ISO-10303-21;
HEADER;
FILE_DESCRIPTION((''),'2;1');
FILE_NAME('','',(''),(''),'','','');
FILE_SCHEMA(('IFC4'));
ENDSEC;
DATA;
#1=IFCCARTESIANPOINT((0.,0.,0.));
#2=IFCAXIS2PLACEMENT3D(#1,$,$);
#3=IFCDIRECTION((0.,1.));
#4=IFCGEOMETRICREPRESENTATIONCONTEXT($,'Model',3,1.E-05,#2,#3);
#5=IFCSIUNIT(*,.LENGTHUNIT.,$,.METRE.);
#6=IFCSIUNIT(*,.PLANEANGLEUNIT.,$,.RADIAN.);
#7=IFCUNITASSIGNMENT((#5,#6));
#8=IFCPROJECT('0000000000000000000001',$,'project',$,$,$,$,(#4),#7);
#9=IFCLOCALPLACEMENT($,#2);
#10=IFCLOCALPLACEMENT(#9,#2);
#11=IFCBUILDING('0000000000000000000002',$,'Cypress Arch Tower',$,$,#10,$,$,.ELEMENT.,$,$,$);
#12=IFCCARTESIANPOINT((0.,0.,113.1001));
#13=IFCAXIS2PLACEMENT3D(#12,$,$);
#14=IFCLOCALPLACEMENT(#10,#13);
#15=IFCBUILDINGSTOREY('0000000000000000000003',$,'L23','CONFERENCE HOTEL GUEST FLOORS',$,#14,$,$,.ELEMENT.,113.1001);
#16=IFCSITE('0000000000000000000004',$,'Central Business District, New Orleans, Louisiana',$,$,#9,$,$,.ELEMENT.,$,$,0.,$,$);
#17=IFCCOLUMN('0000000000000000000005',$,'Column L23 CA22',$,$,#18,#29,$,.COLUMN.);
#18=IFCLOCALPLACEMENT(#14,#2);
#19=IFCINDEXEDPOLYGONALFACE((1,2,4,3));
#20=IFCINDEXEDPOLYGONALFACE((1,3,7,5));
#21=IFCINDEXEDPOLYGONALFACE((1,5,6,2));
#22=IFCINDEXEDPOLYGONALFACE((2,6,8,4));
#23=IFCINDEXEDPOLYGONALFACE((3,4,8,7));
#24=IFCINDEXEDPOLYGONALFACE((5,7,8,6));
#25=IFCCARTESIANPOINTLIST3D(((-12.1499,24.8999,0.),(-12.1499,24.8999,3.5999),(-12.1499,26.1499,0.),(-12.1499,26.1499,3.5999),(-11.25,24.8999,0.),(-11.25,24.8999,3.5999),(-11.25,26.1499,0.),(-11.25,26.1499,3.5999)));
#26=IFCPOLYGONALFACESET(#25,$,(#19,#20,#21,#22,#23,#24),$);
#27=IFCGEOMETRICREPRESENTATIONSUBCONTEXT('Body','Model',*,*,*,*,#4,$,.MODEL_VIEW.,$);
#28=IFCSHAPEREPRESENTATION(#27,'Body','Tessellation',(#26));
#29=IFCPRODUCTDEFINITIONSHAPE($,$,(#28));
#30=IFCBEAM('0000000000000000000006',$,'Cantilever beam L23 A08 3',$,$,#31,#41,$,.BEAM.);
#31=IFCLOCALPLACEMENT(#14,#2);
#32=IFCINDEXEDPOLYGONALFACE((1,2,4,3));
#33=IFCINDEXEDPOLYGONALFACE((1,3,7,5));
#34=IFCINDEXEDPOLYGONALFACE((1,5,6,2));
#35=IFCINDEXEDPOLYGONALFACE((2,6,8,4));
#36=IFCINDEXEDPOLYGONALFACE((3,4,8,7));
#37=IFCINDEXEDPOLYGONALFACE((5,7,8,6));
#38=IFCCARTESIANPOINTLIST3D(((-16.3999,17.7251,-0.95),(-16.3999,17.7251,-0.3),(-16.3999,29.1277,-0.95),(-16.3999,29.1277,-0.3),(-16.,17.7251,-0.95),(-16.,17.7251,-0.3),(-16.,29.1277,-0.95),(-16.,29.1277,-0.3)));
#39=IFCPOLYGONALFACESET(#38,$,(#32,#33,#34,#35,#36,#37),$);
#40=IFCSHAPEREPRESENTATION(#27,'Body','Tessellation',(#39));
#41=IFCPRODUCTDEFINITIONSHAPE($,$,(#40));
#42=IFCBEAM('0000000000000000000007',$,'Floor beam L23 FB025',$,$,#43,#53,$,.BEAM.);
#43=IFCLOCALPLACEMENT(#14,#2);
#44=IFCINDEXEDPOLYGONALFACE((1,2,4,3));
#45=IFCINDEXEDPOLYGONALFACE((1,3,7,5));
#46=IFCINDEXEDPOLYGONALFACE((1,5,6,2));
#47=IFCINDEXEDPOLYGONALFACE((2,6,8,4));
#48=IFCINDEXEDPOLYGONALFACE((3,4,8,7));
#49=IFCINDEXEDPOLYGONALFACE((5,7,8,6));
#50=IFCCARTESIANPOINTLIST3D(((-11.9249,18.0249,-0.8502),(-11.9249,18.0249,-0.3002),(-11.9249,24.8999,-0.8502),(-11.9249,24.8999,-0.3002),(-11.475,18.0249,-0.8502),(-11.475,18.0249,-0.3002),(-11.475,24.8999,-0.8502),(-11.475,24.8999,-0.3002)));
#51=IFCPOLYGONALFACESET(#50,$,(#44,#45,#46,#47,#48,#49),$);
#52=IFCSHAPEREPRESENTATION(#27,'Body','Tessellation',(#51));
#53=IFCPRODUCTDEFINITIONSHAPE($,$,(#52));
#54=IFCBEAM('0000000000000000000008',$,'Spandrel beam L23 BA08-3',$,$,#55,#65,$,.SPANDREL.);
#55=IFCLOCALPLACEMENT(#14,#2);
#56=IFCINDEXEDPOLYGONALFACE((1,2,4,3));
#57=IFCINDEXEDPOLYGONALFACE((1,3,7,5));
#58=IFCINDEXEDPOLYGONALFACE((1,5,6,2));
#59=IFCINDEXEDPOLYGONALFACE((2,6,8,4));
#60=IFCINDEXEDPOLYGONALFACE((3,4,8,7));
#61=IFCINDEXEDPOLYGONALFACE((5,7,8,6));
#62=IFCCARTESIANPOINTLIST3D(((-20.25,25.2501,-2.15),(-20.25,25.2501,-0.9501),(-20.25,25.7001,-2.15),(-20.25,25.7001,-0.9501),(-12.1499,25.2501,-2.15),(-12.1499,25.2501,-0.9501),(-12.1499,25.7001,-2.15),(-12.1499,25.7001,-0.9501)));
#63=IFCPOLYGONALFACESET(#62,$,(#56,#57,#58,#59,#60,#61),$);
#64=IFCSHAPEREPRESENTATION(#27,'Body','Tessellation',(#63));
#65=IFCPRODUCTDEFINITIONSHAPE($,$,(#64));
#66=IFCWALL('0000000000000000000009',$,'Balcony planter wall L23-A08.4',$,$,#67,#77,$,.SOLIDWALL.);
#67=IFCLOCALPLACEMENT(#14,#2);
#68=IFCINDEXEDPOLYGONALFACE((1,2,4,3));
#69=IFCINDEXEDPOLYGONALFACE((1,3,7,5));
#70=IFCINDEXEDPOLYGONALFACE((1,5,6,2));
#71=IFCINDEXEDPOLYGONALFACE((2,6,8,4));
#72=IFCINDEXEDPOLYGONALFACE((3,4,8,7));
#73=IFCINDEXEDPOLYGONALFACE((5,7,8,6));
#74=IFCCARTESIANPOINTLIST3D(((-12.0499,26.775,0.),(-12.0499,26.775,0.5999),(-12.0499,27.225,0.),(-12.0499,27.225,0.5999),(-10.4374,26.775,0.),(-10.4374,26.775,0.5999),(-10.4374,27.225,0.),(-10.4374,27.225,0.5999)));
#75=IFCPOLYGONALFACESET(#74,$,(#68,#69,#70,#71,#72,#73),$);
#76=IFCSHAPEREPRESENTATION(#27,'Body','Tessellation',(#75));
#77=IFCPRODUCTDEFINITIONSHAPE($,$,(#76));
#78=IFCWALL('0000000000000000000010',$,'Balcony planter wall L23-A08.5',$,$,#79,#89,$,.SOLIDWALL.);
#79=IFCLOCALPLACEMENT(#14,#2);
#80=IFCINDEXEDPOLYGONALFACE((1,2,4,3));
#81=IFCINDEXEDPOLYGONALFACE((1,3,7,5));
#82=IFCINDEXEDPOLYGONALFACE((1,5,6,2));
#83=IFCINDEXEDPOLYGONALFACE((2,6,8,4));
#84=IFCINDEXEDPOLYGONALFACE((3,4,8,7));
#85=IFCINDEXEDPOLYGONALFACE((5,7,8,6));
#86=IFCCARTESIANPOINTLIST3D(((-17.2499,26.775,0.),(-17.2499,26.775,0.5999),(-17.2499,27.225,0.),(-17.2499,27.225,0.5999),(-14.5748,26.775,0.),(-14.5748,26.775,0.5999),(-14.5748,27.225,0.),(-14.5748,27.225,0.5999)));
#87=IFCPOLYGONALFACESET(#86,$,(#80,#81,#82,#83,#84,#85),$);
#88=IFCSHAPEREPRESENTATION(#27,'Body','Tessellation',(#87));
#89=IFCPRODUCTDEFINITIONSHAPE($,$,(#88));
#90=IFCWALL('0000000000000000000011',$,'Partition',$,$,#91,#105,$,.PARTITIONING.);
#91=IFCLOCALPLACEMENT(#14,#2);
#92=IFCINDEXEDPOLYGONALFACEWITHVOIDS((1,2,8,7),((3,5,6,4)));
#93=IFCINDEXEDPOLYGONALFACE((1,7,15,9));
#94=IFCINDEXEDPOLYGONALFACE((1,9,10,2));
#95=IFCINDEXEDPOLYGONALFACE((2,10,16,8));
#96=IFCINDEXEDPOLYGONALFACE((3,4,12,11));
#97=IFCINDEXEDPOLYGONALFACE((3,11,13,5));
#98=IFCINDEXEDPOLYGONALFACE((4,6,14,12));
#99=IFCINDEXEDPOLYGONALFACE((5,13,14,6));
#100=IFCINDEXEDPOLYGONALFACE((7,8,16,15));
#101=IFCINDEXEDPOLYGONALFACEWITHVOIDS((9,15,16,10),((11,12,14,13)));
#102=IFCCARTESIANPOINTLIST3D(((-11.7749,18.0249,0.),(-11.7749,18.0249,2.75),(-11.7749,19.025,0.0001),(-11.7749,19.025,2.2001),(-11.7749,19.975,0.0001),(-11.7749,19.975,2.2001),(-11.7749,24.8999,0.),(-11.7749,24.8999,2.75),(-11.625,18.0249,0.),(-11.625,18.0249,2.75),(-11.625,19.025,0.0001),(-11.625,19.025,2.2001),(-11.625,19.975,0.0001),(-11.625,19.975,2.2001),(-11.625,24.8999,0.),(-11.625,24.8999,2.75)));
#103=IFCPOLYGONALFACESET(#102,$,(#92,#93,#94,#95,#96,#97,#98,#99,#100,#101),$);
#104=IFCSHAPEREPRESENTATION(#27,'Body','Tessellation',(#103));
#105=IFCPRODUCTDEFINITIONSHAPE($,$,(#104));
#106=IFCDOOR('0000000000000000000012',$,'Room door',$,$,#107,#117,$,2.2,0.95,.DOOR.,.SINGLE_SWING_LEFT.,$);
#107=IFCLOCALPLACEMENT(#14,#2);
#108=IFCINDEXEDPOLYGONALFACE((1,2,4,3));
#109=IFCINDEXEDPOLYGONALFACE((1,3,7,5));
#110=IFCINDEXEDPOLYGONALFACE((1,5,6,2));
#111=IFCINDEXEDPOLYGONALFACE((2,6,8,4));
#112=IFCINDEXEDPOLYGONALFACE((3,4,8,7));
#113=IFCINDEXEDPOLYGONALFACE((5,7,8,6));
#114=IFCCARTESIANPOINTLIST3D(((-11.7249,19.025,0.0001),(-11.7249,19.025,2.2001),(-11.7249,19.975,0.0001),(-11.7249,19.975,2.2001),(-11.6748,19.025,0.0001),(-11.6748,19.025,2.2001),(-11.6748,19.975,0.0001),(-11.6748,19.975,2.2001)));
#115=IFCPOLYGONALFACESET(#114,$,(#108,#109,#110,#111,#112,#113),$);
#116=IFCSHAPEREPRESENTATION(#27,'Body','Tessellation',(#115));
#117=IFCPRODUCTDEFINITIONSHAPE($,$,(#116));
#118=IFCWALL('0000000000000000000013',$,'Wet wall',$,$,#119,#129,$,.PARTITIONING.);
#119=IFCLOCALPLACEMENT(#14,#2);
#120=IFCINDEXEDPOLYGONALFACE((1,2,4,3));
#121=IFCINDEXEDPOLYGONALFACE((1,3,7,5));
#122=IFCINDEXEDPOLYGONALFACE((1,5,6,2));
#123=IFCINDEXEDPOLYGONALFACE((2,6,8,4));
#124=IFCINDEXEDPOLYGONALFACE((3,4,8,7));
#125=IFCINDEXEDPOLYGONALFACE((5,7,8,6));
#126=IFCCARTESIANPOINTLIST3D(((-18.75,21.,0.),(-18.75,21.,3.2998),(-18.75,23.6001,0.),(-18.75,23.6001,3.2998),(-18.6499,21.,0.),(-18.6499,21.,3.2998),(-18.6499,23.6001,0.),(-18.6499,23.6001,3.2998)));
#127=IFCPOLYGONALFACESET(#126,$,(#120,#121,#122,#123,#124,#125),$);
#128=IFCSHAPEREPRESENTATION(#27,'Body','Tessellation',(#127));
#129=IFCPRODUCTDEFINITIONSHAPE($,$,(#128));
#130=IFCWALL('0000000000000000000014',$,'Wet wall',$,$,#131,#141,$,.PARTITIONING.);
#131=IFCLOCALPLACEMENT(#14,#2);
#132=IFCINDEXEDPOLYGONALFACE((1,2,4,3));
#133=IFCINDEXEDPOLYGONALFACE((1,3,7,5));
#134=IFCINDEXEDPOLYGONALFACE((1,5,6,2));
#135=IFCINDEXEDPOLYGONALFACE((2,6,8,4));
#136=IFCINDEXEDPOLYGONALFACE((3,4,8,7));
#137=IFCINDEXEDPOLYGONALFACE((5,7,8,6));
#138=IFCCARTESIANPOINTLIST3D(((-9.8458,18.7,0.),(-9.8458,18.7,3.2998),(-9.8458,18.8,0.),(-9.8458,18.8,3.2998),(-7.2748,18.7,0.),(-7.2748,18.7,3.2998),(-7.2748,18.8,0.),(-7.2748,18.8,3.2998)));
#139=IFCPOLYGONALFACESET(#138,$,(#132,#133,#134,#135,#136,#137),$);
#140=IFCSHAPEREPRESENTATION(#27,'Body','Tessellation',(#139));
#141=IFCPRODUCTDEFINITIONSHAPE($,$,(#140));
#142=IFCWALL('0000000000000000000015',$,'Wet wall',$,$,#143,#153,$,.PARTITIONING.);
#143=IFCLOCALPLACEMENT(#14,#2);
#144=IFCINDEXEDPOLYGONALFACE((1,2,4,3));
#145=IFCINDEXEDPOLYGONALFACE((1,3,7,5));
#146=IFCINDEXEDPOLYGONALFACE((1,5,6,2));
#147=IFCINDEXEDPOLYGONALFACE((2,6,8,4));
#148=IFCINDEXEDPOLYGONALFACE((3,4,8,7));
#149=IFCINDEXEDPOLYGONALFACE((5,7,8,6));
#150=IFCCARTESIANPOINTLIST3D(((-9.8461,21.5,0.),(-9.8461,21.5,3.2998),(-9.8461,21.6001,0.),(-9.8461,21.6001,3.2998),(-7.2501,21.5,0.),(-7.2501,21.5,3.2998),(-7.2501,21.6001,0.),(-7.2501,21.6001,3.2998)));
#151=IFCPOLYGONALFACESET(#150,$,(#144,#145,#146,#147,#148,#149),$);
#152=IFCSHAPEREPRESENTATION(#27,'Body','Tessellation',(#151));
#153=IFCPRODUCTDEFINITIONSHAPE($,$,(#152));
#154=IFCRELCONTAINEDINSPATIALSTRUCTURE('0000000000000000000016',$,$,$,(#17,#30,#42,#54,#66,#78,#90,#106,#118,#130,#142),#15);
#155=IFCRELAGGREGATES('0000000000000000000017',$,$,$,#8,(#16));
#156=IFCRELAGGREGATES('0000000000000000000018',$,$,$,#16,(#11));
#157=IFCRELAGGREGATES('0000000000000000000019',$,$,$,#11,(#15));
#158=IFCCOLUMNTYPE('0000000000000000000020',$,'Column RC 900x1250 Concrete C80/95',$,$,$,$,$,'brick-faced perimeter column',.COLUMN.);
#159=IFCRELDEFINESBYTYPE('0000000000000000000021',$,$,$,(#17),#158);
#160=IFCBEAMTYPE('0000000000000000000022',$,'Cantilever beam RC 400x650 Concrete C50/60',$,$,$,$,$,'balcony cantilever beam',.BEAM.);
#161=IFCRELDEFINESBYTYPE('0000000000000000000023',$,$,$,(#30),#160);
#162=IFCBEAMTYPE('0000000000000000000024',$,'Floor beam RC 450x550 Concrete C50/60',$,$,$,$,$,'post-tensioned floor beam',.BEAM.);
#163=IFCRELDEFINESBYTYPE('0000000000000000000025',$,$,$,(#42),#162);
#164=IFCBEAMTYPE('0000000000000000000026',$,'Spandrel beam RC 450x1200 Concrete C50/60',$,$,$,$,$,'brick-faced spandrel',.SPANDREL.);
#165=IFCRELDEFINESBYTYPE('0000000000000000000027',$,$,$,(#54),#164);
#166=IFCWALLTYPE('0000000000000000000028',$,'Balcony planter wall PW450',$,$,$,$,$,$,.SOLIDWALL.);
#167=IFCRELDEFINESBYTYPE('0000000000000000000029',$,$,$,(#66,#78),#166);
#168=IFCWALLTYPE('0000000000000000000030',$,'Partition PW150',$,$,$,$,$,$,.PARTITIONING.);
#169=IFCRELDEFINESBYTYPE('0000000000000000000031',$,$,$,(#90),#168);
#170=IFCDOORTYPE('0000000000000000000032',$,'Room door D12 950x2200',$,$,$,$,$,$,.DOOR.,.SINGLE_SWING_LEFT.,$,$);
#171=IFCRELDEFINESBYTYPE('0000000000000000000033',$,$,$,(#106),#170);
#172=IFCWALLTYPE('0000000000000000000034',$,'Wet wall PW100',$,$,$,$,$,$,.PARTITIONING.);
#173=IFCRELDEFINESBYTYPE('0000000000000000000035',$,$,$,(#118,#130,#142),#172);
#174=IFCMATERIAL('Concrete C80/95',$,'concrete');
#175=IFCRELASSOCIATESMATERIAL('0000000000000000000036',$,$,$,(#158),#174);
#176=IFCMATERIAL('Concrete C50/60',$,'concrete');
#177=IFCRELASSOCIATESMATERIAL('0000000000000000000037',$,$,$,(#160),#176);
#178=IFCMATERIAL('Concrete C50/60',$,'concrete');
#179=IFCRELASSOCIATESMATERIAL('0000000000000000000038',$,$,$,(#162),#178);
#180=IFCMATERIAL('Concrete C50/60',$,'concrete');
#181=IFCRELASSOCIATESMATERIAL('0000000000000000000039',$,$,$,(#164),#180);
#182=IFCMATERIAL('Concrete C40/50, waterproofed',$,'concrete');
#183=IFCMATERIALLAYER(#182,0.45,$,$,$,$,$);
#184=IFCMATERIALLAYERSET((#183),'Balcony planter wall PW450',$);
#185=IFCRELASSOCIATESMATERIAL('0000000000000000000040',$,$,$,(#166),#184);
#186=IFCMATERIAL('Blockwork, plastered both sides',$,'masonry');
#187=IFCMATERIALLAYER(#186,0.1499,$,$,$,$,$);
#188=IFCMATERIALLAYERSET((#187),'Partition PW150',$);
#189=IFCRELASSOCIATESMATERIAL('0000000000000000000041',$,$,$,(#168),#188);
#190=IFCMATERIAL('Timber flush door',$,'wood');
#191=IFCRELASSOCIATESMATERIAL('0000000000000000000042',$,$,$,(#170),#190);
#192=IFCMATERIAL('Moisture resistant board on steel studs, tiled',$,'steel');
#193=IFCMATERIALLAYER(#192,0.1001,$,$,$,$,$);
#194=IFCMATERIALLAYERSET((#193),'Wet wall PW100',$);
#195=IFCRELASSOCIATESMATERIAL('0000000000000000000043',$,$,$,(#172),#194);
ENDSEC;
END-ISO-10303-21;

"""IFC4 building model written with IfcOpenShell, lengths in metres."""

from ifc_helpers import new_model, si_unit, direction, frame, frame_2d, origin, origin_2d, place, context, subcontext, project, spatial, rectangle, extrude, material, layer, layer_set, material_profile, profile_set, type_object, element, fill, save


model = new_model("IFC4")

# Units and contexts
model_context = context("Model", 3, precision=1e-05, world=origin(), true_north=direction((0.0, 1.0)))
body_context = subcontext(model_context, "Body", "Model", "MODEL_VIEW")
ifc_project = project(units=[si_unit("LENGTHUNIT", "METRE"), si_unit("PLANEANGLEUNIT", "RADIAN")], contexts=[model_context])

# Site, building, storey
site_placement = place(None, origin())
site = spatial("IfcSite", under=ifc_project, at=site_placement, Name="Central Business District, New Orleans, Louisiana", CompositionType="ELEMENT", RefElevation=0.0)
building_placement = place(site_placement, origin())
building = spatial("IfcBuilding", under=site, at=building_placement, Name="Cypress Arch Tower", CompositionType="ELEMENT")
storey_placement = place(building_placement, frame((0.0, 0.0, 113.1001)))
storey = spatial("IfcBuildingStorey", under=building, at=storey_placement, Name="L23", Description="CONFERENCE HOTEL GUEST FLOORS", CompositionType="ELEMENT", Elevation=113.1001)

# Column
ifc_material_1 = material(Name="Concrete C80/95", Category="concrete")
ifc_material_profile_1 = material_profile(ifc_material_1, rectangle(XDim=0.8999, YDim=1.25, at=origin_2d()), Name="RC 900x1250")
ifc_profile_set_1 = profile_set([ifc_material_profile_1], Name="Concrete C80/95")
column_type = type_object("IfcColumnType", Name="Column RC 900x1250 Concrete C80/95", ElementType="brick-faced perimeter column", PredefinedType="COLUMN", material=ifc_profile_set_1)
column_placement = place(storey_placement, frame((-11.7, 25.5249, 0.0), z_axis=(0.0, 0.0, 1.0), x_axis=(-1.0, 0.0, 0.0)))
element("IfcColumn", 1, at=column_placement, inside=storey, type_object=column_type, Name="Column L23 CA22", PredefinedType="COLUMN", context=body_context, shape_type="SweptSolid", body=[
    extrude(rectangle(XDim=0.8999, YDim=1.25, at=origin_2d()), origin(), (0.0, 0.0, 1.0), 3.5999),
])

# Beams
ifc_material_2 = material(Name="Concrete C50/60", Category="concrete")
ifc_material_profile_2 = material_profile(ifc_material_2, rectangle(XDim=0.3999, YDim=0.6499, at=origin_2d()), Name="RC 400x650")
ifc_profile_set_2 = profile_set([ifc_material_profile_2], Name="Concrete C50/60")
beam_type_1 = type_object("IfcBeamType", Name="Cantilever beam RC 400x650 Concrete C50/60", ElementType="balcony cantilever beam", PredefinedType="BEAM", material=ifc_profile_set_2)
beam_1_placement = place(storey_placement, frame((-16.2, 17.7251, -0.625), z_axis=(0.0, 1.0, 0.0), x_axis=(-1.0, 0.0, 0.0)))
element("IfcBeam", 2, at=beam_1_placement, inside=storey, type_object=beam_type_1, Name="Cantilever beam L23 A08 3", PredefinedType="BEAM", context=body_context, shape_type="SweptSolid", body=[
    extrude(rectangle(XDim=0.3999, YDim=0.6499, at=origin_2d()), origin(), (0.0, 0.0, 1.0), 11.4026),
])
ifc_material_3 = material(Name="Concrete C50/60", Category="concrete")
ifc_material_profile_3 = material_profile(ifc_material_3, rectangle(XDim=0.45, YDim=0.55, at=origin_2d()), Name="RC 450x550")
ifc_profile_set_3 = profile_set([ifc_material_profile_3], Name="Concrete C50/60")
beam_type_2 = type_object("IfcBeamType", Name="Floor beam RC 450x550 Concrete C50/60", ElementType="post-tensioned floor beam", PredefinedType="BEAM", material=ifc_profile_set_3)
beam_2_placement = place(storey_placement, frame((-11.7, 18.0249, -0.5752), z_axis=(0.0, 1.0, 0.0), x_axis=(-1.0, 0.0, 0.0)))
element("IfcBeam", 3, at=beam_2_placement, inside=storey, type_object=beam_type_2, Name="Floor beam L23 FB025", PredefinedType="BEAM", context=body_context, shape_type="SweptSolid", body=[
    extrude(rectangle(XDim=0.45, YDim=0.55, at=origin_2d()), origin(), (0.0, 0.0, 1.0), 6.875),
])
ifc_material_4 = material(Name="Concrete C50/60", Category="concrete")
ifc_material_profile_4 = material_profile(ifc_material_4, rectangle(XDim=0.45, YDim=1.2, at=origin_2d()), Name="RC 450x1200")
ifc_profile_set_4 = profile_set([ifc_material_profile_4], Name="Concrete C50/60")
beam_type_3 = type_object("IfcBeamType", Name="Spandrel beam RC 450x1200 Concrete C50/60", ElementType="brick-faced spandrel", PredefinedType="SPANDREL", material=ifc_profile_set_4)
beam_3_placement = place(storey_placement, frame((-12.1499, 25.4751, -1.55), z_axis=(-1.0, 0.0, 0.0), x_axis=(0.0, -1.0, 0.0)))
element("IfcBeam", 4, at=beam_3_placement, inside=storey, type_object=beam_type_3, Name="Spandrel beam L23 BA08-3", PredefinedType="SPANDREL", context=body_context, shape_type="SweptSolid", body=[
    extrude(rectangle(XDim=0.45, YDim=1.2, at=origin_2d()), origin(), (0.0, 0.0, 1.0), 8.1001),
])

# Walls
ifc_material_5 = material(Name="Concrete C40/50, waterproofed", Category="concrete")
ifc_layer_1 = layer(ifc_material_5, 0.45)
ifc_layer_set_1 = layer_set([ifc_layer_1], Name="Balcony planter wall PW450")
wall_type_1 = type_object("IfcWallType", Name="Balcony planter wall PW450", PredefinedType="SOLIDWALL", material=ifc_layer_set_1)
wall_1_placement = place(storey_placement, frame((-10.4375, 27.0, 0.0), z_axis=(0.0, 0.0, 1.0), x_axis=(-1.0, 0.0, 0.0)))
element("IfcWall", 5, at=wall_1_placement, inside=storey, type_object=wall_type_1, Name="Balcony planter wall L23-A08.4", PredefinedType="SOLIDWALL", context=body_context, shape_type="SweptSolid", body=[
    extrude(rectangle(XDim=1.6125, YDim=0.45, at=frame_2d((0.8062, 0.0))), origin(), (0.0, 0.0, 1.0), 0.5999),
])
wall_2_placement = place(storey_placement, frame((-14.575, 27.0, 0.0), z_axis=(0.0, 0.0, 1.0), x_axis=(-1.0, 0.0, 0.0)))
element("IfcWall", 6, at=wall_2_placement, inside=storey, type_object=wall_type_1, Name="Balcony planter wall L23-A08.5", PredefinedType="SOLIDWALL", context=body_context, shape_type="SweptSolid", body=[
    extrude(rectangle(XDim=2.675, YDim=0.45, at=frame_2d((1.3374, 0.0))), origin(), (0.0, 0.0, 1.0), 0.5999),
])

# Wall, opening, door
ifc_material_6 = material(Name="Blockwork, plastered both sides", Category="masonry")
ifc_layer_2 = layer(ifc_material_6, 0.1499)
ifc_layer_set_2 = layer_set([ifc_layer_2], Name="Partition PW150")
wall_type_2 = type_object("IfcWallType", Name="Partition PW150", PredefinedType="PARTITIONING", material=ifc_layer_set_2)
wall_3_placement = place(storey_placement, frame((-11.7, 18.0249, 0.0), z_axis=(0.0, 0.0, 1.0), x_axis=(0.0, 1.0, 0.0)))
wall_3 = element("IfcWall", 7, at=wall_3_placement, inside=storey, type_object=wall_type_2, Name="Partition", PredefinedType="PARTITIONING", context=body_context, shape_type="SweptSolid", body=[
    extrude(rectangle(XDim=6.875, YDim=0.1499, at=frame_2d((3.4375, 0.0))), origin(), (0.0, 0.0, 1.0), 2.75),
])
opening_1_placement = place(wall_3_placement, frame((1.0, 0.0, 0.0)))
opening_1 = element("IfcOpeningElement", 8, at=opening_1_placement, cuts=wall_3, PredefinedType="OPENING", context=body_context, shape_type="SweptSolid", body=[
    extrude(rectangle(XDim=0.95, YDim=2.2, at=frame_2d((0.4751, 1.1001))), frame((0.0, 0.085, 0.0), z_axis=(0.0, -1.0, 0.0), x_axis=(1.0, 0.0, 0.0)), (0.0, 0.0, 1.0), 0.1699),
])
ifc_material_7 = material(Name="Timber flush door", Category="wood")
door_type_1 = type_object("IfcDoorType", Name="Room door D12 950x2200", OperationType="SINGLE_SWING_LEFT", PredefinedType="DOOR", material=ifc_material_7)
door_1_placement = place(opening_1_placement, origin())
door_1 = element("IfcDoor", 9, at=door_1_placement, inside=storey, type_object=door_type_1, Name="Room door", OperationType="SINGLE_SWING_LEFT", OverallHeight=2.2, OverallWidth=0.95, PredefinedType="DOOR", context=body_context, shape_type="SweptSolid", body=[
    extrude(rectangle(XDim=0.95, YDim=2.2, at=frame_2d((0.4751, 1.1001))), frame((0.0, 0.0249, 0.0), z_axis=(0.0, -1.0, 0.0), x_axis=(1.0, 0.0, 0.0)), (0.0, 0.0, 1.0), 0.05),
])
fill(opening_1, door_1)

# Walls
ifc_material_8 = material(Name="Moisture resistant board on steel studs, tiled", Category="steel")
ifc_layer_3 = layer(ifc_material_8, 0.1001)
ifc_layer_set_3 = layer_set([ifc_layer_3], Name="Wet wall PW100")
wall_type_3 = type_object("IfcWallType", Name="Wet wall PW100", PredefinedType="PARTITIONING", material=ifc_layer_set_3)
wall_4_placement = place(storey_placement, frame((-18.7, 21.0, 0.0), z_axis=(0.0, 0.0, 1.0), x_axis=(0.0, 1.0, 0.0)))
element("IfcWall", 10, at=wall_4_placement, inside=storey, type_object=wall_type_3, Name="Wet wall", PredefinedType="PARTITIONING", context=body_context, shape_type="SweptSolid", body=[
    extrude(rectangle(XDim=2.6001, YDim=0.1001, at=frame_2d((1.3, 0.0))), origin(), (0.0, 0.0, 1.0), 3.2998),
])
wall_5_placement = place(storey_placement, frame((-9.8459, 18.75, 0.0), z_axis=(0.0, 0.0, 1.0), x_axis=(1.0, 0.0, 0.0)))
element("IfcWall", 11, at=wall_5_placement, inside=storey, type_object=wall_type_3, Name="Wet wall", PredefinedType="PARTITIONING", context=body_context, shape_type="SweptSolid", body=[
    extrude(rectangle(XDim=2.571, YDim=0.1001, at=frame_2d((1.2856, 0.0))), origin(), (0.0, 0.0, 1.0), 3.2998),
])
wall_6_placement = place(storey_placement, frame((-9.8459, 21.55, 0.0), z_axis=(0.0, 0.0, 1.0), x_axis=(1.0, 0.0, 0.0)))
element("IfcWall", 12, at=wall_6_placement, inside=storey, type_object=wall_type_3, Name="Wet wall", PredefinedType="PARTITIONING", context=body_context, shape_type="SweptSolid", body=[
    extrude(rectangle(XDim=2.5959, YDim=0.1001, at=frame_2d((1.2979, 0.0))), origin(), (0.0, 0.0, 1.0), 3.2998),
])

save(model, "model.ifc")
